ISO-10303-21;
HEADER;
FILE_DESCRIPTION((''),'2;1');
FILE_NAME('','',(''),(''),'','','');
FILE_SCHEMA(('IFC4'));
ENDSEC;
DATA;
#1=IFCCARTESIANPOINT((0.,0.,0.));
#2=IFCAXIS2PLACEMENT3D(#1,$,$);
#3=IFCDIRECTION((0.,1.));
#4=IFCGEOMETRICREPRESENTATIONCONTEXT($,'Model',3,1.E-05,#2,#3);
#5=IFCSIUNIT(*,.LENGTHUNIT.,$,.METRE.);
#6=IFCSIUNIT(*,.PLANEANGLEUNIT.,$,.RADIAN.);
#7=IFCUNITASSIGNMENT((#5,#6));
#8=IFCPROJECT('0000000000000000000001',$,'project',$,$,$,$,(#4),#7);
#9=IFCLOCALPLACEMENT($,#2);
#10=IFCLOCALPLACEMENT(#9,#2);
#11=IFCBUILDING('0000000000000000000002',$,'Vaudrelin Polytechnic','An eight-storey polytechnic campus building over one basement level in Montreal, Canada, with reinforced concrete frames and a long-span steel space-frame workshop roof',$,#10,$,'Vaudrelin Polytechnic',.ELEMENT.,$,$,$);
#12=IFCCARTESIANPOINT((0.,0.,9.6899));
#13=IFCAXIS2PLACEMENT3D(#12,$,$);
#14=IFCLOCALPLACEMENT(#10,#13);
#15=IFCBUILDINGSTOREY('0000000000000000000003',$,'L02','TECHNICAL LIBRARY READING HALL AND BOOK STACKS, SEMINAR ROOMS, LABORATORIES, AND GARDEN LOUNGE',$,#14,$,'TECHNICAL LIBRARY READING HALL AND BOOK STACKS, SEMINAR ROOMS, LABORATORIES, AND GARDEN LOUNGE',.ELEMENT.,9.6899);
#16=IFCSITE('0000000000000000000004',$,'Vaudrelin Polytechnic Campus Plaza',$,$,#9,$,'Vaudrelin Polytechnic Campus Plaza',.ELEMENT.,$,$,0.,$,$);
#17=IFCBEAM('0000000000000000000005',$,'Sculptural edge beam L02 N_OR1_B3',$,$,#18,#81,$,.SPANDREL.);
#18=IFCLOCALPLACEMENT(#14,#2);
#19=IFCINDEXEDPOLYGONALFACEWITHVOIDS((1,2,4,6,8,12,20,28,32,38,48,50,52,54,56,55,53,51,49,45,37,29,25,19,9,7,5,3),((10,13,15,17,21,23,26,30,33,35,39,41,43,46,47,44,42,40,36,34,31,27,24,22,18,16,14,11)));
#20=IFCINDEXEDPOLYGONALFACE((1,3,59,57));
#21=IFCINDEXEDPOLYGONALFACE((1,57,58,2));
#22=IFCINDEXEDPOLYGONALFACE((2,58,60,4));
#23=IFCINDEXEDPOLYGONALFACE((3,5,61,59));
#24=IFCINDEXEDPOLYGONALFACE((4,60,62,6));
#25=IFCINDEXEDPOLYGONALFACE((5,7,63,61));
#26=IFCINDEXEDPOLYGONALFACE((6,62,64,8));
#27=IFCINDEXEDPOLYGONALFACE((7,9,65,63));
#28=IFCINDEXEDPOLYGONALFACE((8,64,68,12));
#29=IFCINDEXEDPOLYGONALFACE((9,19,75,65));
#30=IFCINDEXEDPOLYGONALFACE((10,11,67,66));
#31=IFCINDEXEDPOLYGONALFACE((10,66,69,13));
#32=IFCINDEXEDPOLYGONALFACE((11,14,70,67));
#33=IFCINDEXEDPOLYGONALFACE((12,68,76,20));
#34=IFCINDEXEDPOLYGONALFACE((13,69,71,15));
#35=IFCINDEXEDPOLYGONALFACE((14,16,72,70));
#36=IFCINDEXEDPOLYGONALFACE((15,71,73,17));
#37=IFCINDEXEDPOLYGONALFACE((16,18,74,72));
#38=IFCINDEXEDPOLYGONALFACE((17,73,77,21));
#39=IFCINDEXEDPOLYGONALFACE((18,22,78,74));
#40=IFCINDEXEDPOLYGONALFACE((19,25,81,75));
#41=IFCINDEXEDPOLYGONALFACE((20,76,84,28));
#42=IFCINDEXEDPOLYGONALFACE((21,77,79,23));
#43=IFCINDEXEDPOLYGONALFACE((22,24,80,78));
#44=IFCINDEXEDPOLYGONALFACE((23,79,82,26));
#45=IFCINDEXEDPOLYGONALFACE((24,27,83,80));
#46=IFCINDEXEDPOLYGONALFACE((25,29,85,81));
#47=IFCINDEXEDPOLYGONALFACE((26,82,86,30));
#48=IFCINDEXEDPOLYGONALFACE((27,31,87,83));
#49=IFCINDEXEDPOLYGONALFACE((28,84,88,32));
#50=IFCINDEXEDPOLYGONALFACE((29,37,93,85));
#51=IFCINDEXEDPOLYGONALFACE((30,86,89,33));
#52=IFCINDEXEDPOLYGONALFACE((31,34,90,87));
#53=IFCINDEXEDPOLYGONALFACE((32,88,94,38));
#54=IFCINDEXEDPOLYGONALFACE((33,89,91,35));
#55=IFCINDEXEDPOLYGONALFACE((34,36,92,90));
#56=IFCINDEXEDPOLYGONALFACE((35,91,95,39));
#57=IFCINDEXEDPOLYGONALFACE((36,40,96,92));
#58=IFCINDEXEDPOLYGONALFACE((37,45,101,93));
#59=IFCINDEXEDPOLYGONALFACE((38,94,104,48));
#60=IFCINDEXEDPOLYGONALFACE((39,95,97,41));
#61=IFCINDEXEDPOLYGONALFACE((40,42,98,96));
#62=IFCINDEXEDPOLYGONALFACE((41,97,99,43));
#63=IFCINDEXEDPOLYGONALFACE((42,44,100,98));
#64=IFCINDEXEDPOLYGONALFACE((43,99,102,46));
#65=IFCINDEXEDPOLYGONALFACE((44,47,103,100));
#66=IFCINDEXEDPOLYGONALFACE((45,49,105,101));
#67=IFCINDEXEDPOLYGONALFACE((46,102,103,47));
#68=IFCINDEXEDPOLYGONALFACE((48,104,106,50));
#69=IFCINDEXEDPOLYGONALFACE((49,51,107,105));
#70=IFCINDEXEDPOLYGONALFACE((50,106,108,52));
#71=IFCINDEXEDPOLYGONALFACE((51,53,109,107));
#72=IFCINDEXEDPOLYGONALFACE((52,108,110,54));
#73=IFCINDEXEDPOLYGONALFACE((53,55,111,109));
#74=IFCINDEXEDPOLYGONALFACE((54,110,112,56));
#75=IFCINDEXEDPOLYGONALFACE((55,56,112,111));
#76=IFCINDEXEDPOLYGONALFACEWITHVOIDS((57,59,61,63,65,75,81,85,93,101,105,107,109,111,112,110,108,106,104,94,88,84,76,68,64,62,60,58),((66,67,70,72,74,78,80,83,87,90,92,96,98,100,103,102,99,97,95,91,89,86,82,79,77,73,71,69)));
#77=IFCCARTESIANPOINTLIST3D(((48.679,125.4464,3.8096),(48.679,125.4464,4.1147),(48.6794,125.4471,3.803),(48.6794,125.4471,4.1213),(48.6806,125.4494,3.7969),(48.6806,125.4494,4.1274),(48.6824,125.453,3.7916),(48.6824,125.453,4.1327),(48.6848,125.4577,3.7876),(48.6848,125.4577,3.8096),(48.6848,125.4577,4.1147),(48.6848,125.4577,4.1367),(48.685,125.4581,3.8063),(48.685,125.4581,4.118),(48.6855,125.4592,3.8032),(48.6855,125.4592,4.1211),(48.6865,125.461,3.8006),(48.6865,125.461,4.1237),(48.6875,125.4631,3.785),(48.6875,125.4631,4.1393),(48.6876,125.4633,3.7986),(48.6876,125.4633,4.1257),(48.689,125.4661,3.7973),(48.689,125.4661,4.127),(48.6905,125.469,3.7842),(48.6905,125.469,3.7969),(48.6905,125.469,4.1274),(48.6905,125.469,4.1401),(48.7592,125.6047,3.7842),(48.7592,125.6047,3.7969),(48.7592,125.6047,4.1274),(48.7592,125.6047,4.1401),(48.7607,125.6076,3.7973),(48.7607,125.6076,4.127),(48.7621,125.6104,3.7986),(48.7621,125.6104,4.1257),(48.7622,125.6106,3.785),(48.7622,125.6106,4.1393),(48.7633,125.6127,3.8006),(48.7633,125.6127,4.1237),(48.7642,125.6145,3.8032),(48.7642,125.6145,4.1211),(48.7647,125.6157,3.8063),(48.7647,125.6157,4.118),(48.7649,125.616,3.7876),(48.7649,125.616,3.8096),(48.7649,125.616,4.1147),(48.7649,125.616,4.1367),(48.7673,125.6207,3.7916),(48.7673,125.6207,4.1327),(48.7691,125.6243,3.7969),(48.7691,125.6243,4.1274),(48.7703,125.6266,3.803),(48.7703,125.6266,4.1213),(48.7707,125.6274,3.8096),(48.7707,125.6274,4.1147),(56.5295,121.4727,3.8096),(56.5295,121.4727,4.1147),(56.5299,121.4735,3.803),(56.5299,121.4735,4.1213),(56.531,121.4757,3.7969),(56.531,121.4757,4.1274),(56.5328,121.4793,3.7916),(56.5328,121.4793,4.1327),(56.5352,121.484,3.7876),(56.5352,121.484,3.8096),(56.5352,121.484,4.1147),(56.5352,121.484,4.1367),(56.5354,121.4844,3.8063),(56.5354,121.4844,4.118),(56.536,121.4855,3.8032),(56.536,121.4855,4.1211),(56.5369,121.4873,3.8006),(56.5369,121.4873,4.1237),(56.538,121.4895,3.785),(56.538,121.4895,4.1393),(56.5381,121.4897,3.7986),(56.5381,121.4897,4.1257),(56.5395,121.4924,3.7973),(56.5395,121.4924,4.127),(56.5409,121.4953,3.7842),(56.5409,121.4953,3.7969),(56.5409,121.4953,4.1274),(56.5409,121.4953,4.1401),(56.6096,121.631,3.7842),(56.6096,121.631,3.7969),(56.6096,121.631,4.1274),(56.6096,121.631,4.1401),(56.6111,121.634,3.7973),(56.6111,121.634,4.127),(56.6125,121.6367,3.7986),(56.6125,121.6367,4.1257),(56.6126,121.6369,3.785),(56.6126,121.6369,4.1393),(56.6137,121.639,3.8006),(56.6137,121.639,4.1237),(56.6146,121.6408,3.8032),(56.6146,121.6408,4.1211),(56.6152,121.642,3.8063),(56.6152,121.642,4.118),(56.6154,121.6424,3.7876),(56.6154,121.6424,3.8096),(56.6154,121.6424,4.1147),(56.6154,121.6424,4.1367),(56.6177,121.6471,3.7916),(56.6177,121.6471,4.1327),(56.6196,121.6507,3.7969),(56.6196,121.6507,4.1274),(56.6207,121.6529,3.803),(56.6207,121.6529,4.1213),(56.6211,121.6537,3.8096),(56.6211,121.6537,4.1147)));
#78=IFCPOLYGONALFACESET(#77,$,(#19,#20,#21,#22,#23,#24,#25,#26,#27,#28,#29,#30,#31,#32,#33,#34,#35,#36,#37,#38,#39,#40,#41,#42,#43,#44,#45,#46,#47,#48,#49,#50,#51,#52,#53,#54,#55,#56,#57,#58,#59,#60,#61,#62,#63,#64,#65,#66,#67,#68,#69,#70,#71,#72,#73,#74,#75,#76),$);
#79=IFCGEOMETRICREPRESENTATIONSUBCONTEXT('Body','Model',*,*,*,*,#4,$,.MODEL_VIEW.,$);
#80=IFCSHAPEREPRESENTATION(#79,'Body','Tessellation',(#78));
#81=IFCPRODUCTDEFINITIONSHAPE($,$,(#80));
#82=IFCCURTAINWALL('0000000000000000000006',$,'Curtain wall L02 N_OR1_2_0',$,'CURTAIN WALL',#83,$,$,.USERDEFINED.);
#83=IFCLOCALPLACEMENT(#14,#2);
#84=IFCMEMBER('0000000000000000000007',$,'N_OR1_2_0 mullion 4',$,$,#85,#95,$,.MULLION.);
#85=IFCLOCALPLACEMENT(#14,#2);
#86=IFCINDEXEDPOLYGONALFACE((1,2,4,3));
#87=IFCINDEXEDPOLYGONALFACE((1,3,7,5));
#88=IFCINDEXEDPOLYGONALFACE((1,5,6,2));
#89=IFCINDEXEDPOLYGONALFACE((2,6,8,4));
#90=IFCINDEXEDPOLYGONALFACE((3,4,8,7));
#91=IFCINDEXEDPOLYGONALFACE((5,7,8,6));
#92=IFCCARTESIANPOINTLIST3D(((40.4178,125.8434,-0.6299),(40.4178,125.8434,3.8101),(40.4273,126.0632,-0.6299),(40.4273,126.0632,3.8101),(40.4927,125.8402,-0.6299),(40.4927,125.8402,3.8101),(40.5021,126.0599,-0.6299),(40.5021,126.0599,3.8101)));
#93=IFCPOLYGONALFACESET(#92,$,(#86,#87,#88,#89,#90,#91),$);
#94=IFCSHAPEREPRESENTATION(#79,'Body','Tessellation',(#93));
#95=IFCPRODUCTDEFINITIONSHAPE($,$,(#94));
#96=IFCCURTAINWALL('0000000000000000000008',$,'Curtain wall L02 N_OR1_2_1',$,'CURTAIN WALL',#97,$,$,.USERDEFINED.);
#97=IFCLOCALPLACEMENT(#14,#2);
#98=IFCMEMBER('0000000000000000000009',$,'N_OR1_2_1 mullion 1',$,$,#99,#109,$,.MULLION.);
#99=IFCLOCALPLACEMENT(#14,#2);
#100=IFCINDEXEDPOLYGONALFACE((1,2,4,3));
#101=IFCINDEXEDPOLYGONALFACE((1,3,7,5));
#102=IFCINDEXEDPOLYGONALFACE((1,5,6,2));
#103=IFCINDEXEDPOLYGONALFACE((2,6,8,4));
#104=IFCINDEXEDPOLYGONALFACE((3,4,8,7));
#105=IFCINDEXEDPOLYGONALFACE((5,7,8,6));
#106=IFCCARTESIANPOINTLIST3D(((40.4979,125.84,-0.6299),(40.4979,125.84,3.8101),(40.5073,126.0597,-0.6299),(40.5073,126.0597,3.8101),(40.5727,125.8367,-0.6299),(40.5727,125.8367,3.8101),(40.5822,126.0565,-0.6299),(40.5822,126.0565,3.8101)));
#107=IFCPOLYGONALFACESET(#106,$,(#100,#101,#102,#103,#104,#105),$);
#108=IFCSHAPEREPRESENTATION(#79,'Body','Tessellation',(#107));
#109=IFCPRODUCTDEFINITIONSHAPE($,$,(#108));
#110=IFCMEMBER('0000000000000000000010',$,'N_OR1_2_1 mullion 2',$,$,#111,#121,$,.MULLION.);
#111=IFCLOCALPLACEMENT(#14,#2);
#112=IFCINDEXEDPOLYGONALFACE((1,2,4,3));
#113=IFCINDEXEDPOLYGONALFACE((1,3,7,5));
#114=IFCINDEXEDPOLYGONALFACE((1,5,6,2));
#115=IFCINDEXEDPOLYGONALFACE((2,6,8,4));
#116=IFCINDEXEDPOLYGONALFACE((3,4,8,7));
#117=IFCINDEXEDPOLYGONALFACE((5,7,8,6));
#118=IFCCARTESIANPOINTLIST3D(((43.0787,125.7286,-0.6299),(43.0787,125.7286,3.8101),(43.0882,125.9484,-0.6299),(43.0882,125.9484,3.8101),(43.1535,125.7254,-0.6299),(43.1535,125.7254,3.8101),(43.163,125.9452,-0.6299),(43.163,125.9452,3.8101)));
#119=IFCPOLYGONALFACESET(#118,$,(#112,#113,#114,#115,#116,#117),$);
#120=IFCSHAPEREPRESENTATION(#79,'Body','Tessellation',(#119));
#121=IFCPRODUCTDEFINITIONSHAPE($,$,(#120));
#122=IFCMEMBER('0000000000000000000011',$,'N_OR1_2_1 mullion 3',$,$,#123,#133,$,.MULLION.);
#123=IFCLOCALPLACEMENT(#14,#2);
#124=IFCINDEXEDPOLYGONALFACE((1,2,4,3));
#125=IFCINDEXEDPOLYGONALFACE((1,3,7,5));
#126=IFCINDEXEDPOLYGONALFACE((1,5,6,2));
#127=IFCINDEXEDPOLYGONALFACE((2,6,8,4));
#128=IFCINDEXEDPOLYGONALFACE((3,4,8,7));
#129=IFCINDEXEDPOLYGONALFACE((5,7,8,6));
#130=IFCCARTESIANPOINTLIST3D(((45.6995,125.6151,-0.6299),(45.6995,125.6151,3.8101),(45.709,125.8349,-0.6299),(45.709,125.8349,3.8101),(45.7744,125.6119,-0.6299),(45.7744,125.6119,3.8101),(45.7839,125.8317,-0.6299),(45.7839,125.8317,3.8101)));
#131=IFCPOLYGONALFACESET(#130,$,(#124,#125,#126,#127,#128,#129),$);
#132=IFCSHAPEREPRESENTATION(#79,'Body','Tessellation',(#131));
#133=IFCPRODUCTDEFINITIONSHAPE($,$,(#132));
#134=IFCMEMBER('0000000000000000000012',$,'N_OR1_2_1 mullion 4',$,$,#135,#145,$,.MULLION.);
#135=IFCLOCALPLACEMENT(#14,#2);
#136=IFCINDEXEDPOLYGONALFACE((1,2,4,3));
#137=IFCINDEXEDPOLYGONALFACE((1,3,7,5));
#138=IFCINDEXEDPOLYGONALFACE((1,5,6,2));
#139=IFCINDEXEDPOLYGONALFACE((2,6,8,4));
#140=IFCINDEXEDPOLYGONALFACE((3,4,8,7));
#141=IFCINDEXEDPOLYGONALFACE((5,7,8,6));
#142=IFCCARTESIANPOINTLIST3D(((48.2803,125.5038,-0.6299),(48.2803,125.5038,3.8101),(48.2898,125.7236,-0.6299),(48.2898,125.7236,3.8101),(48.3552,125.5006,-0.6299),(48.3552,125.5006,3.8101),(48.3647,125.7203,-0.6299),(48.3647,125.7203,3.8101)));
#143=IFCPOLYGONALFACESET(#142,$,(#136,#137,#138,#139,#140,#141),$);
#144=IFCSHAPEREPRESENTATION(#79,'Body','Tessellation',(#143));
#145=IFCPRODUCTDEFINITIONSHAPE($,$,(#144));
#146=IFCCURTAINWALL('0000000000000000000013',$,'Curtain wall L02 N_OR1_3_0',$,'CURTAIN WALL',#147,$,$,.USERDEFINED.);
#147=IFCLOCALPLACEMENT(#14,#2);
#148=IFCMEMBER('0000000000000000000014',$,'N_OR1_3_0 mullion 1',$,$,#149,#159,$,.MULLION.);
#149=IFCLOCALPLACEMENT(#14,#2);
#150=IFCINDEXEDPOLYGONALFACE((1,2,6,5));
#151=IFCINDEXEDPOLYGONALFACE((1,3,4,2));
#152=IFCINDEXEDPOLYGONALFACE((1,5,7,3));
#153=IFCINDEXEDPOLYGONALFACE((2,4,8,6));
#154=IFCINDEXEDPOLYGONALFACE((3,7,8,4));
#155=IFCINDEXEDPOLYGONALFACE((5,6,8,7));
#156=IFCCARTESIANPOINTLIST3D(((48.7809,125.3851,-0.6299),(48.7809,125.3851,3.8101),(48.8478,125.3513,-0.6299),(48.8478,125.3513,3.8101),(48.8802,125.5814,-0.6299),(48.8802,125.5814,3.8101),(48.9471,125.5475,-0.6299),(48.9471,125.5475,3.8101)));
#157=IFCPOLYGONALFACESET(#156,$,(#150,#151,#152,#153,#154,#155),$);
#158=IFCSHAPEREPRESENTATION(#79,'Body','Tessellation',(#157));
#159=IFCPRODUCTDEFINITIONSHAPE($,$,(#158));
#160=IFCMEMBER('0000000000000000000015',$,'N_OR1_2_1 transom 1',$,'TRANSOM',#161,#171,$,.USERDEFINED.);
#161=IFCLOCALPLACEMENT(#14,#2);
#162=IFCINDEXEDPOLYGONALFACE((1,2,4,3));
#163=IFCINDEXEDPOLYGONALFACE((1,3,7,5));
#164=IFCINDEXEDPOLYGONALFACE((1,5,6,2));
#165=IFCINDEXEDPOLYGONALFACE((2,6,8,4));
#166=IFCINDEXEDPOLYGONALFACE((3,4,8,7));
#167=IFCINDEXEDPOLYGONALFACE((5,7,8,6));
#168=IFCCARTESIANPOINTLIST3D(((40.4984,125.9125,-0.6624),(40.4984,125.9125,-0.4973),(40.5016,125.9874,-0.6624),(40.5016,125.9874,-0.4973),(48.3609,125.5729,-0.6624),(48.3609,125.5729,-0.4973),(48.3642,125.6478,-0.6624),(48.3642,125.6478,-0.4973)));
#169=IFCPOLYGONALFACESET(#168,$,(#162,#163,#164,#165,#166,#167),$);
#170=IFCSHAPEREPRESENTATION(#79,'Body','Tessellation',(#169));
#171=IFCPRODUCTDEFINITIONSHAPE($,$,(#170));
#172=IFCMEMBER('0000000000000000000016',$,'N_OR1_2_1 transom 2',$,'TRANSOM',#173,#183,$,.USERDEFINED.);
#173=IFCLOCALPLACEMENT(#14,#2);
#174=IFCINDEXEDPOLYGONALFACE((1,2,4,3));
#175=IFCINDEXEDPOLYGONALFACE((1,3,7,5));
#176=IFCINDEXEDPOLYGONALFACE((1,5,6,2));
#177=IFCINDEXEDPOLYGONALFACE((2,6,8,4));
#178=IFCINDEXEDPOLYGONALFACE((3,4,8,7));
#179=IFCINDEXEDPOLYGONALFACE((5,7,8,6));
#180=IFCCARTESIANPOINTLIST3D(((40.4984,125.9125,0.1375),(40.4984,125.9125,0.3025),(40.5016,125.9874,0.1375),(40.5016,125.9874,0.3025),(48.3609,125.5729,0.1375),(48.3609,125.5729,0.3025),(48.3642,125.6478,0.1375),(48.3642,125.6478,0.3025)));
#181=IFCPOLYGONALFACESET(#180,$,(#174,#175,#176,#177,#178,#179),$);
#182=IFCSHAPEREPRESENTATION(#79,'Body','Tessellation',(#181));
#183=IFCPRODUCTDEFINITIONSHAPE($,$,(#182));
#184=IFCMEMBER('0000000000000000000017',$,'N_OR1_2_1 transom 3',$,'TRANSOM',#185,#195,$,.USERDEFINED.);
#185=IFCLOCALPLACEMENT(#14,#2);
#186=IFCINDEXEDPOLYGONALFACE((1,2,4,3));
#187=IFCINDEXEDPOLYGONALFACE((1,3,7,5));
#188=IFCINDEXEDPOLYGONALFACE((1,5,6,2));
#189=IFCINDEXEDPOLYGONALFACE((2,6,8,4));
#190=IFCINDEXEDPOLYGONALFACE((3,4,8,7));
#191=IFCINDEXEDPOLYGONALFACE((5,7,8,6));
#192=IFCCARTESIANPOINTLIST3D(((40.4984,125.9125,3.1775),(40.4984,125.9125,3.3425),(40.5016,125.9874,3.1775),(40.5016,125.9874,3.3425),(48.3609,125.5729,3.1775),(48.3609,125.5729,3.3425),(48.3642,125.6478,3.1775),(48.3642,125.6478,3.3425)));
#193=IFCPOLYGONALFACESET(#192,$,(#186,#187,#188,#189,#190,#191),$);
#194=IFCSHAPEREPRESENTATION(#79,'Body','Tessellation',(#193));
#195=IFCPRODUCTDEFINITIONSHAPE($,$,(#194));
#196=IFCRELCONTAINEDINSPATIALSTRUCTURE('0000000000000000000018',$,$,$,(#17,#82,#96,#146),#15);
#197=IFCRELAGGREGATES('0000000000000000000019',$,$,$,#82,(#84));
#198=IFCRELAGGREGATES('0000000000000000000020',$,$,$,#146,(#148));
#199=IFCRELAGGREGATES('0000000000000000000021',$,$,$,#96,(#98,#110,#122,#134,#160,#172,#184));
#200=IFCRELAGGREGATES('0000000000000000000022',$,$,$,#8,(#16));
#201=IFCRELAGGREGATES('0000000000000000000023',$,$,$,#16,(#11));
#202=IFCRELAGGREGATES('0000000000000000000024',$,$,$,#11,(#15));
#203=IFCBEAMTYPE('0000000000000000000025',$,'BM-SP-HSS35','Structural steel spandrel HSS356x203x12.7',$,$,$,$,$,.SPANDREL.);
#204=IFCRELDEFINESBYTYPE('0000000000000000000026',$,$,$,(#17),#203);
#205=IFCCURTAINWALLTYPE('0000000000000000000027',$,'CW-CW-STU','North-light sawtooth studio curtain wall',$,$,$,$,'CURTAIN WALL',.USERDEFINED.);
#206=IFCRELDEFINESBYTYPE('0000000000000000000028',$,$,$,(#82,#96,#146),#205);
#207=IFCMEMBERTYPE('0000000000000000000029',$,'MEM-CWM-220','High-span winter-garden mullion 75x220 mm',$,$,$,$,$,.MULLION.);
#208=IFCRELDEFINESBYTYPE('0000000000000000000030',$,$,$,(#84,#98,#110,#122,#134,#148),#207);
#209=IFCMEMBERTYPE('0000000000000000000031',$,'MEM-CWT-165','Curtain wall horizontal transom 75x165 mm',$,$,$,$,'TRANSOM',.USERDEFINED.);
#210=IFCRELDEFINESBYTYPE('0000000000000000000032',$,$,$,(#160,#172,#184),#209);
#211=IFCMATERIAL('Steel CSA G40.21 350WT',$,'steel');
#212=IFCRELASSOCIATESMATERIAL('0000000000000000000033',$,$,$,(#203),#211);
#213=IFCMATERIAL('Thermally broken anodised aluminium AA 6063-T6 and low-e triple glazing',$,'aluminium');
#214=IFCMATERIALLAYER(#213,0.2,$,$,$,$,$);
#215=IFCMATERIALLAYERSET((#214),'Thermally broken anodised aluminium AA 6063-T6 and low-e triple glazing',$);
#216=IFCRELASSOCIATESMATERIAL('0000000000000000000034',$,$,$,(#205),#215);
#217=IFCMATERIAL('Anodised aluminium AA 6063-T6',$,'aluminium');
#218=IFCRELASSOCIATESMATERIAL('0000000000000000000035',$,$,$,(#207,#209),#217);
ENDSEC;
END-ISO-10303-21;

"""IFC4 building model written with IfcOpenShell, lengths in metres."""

from ifc_helpers import new_model, si_unit, direction, frame, origin, origin_2d, place, context, subcontext, project, spatial, rectangle, hollow_rectangle, extrude, material, layer, layer_set, material_profile, profile_set, type_object, element, aggregate, save


model = new_model("IFC4")

# Units and contexts
model_context = context("Model", 3, precision=1e-05, world=origin(), true_north=direction((0.0, 1.0)))
body_context = subcontext(model_context, "Body", "Model", "MODEL_VIEW")
ifc_project = project(units=[si_unit("LENGTHUNIT", "METRE"), si_unit("PLANEANGLEUNIT", "RADIAN")], contexts=[model_context])

# Site, building, storey
site_placement = place(None, origin())
site = spatial("IfcSite", under=ifc_project, at=site_placement, Name="Vaudrelin Polytechnic Campus Plaza", LongName="Vaudrelin Polytechnic Campus Plaza", CompositionType="ELEMENT", RefElevation=0.0)
building_placement = place(site_placement, origin())
building = spatial("IfcBuilding", under=site, at=building_placement, Name="Vaudrelin Polytechnic", Description="An eight-storey polytechnic campus building over one basement level in Montreal, Canada, with reinforced concrete frames and a long-span steel space-frame workshop roof", LongName="Vaudrelin Polytechnic", CompositionType="ELEMENT")
storey_placement = place(building_placement, frame((0.0, 0.0, 9.6899)))
storey = spatial("IfcBuildingStorey", under=building, at=storey_placement, Name="L02", Description="TECHNICAL LIBRARY READING HALL AND BOOK STACKS, SEMINAR ROOMS, LABORATORIES, AND GARDEN LOUNGE", LongName="TECHNICAL LIBRARY READING HALL AND BOOK STACKS, SEMINAR ROOMS, LABORATORIES, AND GARDEN LOUNGE", CompositionType="ELEMENT", Elevation=9.6899)

# Shared definitions
ifc_material_1 = material(Name="Steel CSA G40.21 350WT", Category="steel")

# Beam
ifc_material_profile_1 = material_profile(ifc_material_1, hollow_rectangle(XDim=0.2029, YDim=0.356, WallThickness=0.0127, InnerFilletRadius=0.0127, OuterFilletRadius=0.0254, at=origin_2d()), Name="HSS356x203x12.7")
ifc_profile_set_1 = profile_set([ifc_material_profile_1], Name="Steel CSA G40.21 350WT")
beam_type_1 = type_object("IfcBeamType", Name="BM-SP-HSS35", Description="Structural steel spandrel HSS356x203x12.7", PredefinedType="SPANDREL", material=ifc_profile_set_1)
beam_1_placement = place(storey_placement, frame((48.7249, 125.5369, 3.9622), z_axis=(0.892213, -0.451614, 0.0), x_axis=(0.451614, 0.892213, 0.0)))
element("IfcBeam", 1, at=beam_1_placement, inside=storey, type_object=beam_type_1, Name="Sculptural edge beam L02 N_OR1_B3", PredefinedType="SPANDREL", context=body_context, shape_type="SweptSolid", body=[
    extrude(hollow_rectangle(XDim=0.2029, YDim=0.356, WallThickness=0.0127, InnerFilletRadius=0.0127, OuterFilletRadius=0.0254, at=origin_2d()), origin(), (0.0, 0.0, 1.0), 8.7988),
])

# Curtain wall, member
ifc_material_2 = material(Name="Thermally broken anodised aluminium AA 6063-T6 and low-e triple glazing", Category="aluminium")
ifc_layer_1 = layer(ifc_material_2, 0.2)
ifc_layer_set_1 = layer_set([ifc_layer_1], Name="Thermally broken anodised aluminium AA 6063-T6 and low-e triple glazing")
curtain_wall_type = type_object("IfcCurtainWallType", Name="CW-CW-STU", Description="North-light sawtooth studio curtain wall", ElementType="CURTAIN WALL", PredefinedType="USERDEFINED", material=ifc_layer_set_1)
curtain_wall_1_placement = place(storey_placement, origin())
curtain_wall_1 = element("IfcCurtainWall", 2, at=curtain_wall_1_placement, inside=storey, type_object=curtain_wall_type, Name="Curtain wall L02 N_OR1_2_0", ObjectType="CURTAIN WALL", PredefinedType="USERDEFINED")
ifc_material_3 = material(Name="Anodised aluminium AA 6063-T6", Category="aluminium")
ifc_material_profile_2 = material_profile(ifc_material_3, rectangle(XDim=0.075, YDim=0.22, at=origin_2d()), Name="CWM-75x220")
ifc_profile_set_2 = profile_set([ifc_material_profile_2], Name="Anodised aluminium AA 6063-T6")
member_type_1 = type_object("IfcMemberType", Name="MEM-CWM-220", Description="High-span winter-garden mullion 75x220 mm", PredefinedType="MULLION", material=ifc_profile_set_2)
member_1_placement = place(storey_placement, frame((40.46, 125.9517, -0.6299), z_axis=(0.0, 0.0, 1.0), x_axis=(0.999068, -0.043164, 0.0)))
member_1 = element("IfcMember", 3, at=member_1_placement, type_object=member_type_1, Name="N_OR1_2_0 mullion 4", PredefinedType="MULLION", context=body_context, shape_type="SweptSolid", body=[
    extrude(rectangle(XDim=0.075, YDim=0.22, at=origin_2d()), origin(), (0.0, 0.0, 1.0), 4.4399),
])
aggregate(curtain_wall_1, [member_1])

# Curtain wall, members
curtain_wall_2_placement = place(storey_placement, origin())
curtain_wall_2 = element("IfcCurtainWall", 4, at=curtain_wall_2_placement, inside=storey, type_object=curtain_wall_type, Name="Curtain wall L02 N_OR1_2_1", ObjectType="CURTAIN WALL", PredefinedType="USERDEFINED")
member_2_placement = place(storey_placement, frame((40.54, 125.9482, -0.6299), z_axis=(0.0, 0.0, 1.0), x_axis=(0.999068, -0.043164, 0.0)))
member_2 = element("IfcMember", 5, at=member_2_placement, type_object=member_type_1, Name="N_OR1_2_1 mullion 1", PredefinedType="MULLION", context=body_context, shape_type="SweptSolid", body=[
    extrude(rectangle(XDim=0.075, YDim=0.22, at=origin_2d()), origin(), (0.0, 0.0, 1.0), 4.4399),
])
member_3_placement = place(storey_placement, frame((43.1208, 125.8369, -0.6299), z_axis=(0.0, 0.0, 1.0), x_axis=(0.999068, -0.043164, 0.0)))
member_3 = element("IfcMember", 6, at=member_3_placement, type_object=member_type_1, Name="N_OR1_2_1 mullion 2", PredefinedType="MULLION", context=body_context, shape_type="SweptSolid", body=[
    extrude(rectangle(XDim=0.075, YDim=0.22, at=origin_2d()), origin(), (0.0, 0.0, 1.0), 4.4399),
])
member_4_placement = place(storey_placement, frame((45.7417, 125.7234, -0.6299), z_axis=(0.0, 0.0, 1.0), x_axis=(0.999068, -0.043164, 0.0)))
member_4 = element("IfcMember", 7, at=member_4_placement, type_object=member_type_1, Name="N_OR1_2_1 mullion 3", PredefinedType="MULLION", context=body_context, shape_type="SweptSolid", body=[
    extrude(rectangle(XDim=0.075, YDim=0.22, at=origin_2d()), origin(), (0.0, 0.0, 1.0), 4.4399),
])
member_5_placement = place(storey_placement, frame((48.3225, 125.6121, -0.6299), z_axis=(0.0, 0.0, 1.0), x_axis=(0.999068, -0.043164, 0.0)))
member_5 = element("IfcMember", 8, at=member_5_placement, type_object=member_type_1, Name="N_OR1_2_1 mullion 4", PredefinedType="MULLION", context=body_context, shape_type="SweptSolid", body=[
    extrude(rectangle(XDim=0.075, YDim=0.22, at=origin_2d()), origin(), (0.0, 0.0, 1.0), 4.4399),
])

# Curtain wall, member
curtain_wall_3_placement = place(storey_placement, origin())
curtain_wall_3 = element("IfcCurtainWall", 9, at=curtain_wall_3_placement, inside=storey, type_object=curtain_wall_type, Name="Curtain wall L02 N_OR1_3_0", ObjectType="CURTAIN WALL", PredefinedType="USERDEFINED")
member_6_placement = place(storey_placement, frame((48.864, 125.4663, -0.6299), z_axis=(0.0, 0.0, 1.0), x_axis=(0.892217, -0.451608, 0.0)))
member_6 = element("IfcMember", 10, at=member_6_placement, type_object=member_type_1, Name="N_OR1_3_0 mullion 1", PredefinedType="MULLION", context=body_context, shape_type="SweptSolid", body=[
    extrude(rectangle(XDim=0.075, YDim=0.22, at=origin_2d()), origin(), (0.0, 0.0, 1.0), 4.4399),
])

# Members
ifc_material_profile_3 = material_profile(ifc_material_3, rectangle(XDim=0.075, YDim=0.165, at=origin_2d()), Name="CWT-75x165")
ifc_profile_set_3 = profile_set([ifc_material_profile_3], Name="Anodised aluminium AA 6063-T6")
member_type_2 = type_object("IfcMemberType", Name="MEM-CWT-165", Description="Curtain wall horizontal transom 75x165 mm", ElementType="TRANSOM", PredefinedType="USERDEFINED", material=ifc_profile_set_3)
member_7_placement = place(storey_placement, frame((40.5, 125.95, -0.5798), z_axis=(0.999069, -0.043152, 0.0), x_axis=(0.043152, 0.999069, 0.0)))
member_7 = element("IfcMember", 11, at=member_7_placement, type_object=member_type_2, Name="N_OR1_2_1 transom 1", ObjectType="TRANSOM", PredefinedType="USERDEFINED", context=body_context, shape_type="SweptSolid", body=[
    extrude(rectangle(XDim=0.075, YDim=0.165, at=origin_2d()), origin(), (0.0, 0.0, 1.0), 7.8699),
])
member_8_placement = place(storey_placement, frame((40.5, 125.95, 0.22), z_axis=(0.999069, -0.043152, 0.0), x_axis=(0.043152, 0.999069, 0.0)))
member_8 = element("IfcMember", 12, at=member_8_placement, type_object=member_type_2, Name="N_OR1_2_1 transom 2", ObjectType="TRANSOM", PredefinedType="USERDEFINED", context=body_context, shape_type="SweptSolid", body=[
    extrude(rectangle(XDim=0.075, YDim=0.165, at=origin_2d()), origin(), (0.0, 0.0, 1.0), 7.8699),
])
member_9_placement = place(storey_placement, frame((40.5, 125.95, 3.26), z_axis=(0.999069, -0.043152, 0.0), x_axis=(0.043152, 0.999069, 0.0)))
member_9 = element("IfcMember", 13, at=member_9_placement, type_object=member_type_2, Name="N_OR1_2_1 transom 3", ObjectType="TRANSOM", PredefinedType="USERDEFINED", context=body_context, shape_type="SweptSolid", body=[
    extrude(rectangle(XDim=0.075, YDim=0.165, at=origin_2d()), origin(), (0.0, 0.0, 1.0), 7.8699),
])
aggregate(curtain_wall_3, [member_6])

aggregate(curtain_wall_2, [member_2, member_3, member_4, member_5, member_7, member_8, member_9])

save(model, "model.ifc")
